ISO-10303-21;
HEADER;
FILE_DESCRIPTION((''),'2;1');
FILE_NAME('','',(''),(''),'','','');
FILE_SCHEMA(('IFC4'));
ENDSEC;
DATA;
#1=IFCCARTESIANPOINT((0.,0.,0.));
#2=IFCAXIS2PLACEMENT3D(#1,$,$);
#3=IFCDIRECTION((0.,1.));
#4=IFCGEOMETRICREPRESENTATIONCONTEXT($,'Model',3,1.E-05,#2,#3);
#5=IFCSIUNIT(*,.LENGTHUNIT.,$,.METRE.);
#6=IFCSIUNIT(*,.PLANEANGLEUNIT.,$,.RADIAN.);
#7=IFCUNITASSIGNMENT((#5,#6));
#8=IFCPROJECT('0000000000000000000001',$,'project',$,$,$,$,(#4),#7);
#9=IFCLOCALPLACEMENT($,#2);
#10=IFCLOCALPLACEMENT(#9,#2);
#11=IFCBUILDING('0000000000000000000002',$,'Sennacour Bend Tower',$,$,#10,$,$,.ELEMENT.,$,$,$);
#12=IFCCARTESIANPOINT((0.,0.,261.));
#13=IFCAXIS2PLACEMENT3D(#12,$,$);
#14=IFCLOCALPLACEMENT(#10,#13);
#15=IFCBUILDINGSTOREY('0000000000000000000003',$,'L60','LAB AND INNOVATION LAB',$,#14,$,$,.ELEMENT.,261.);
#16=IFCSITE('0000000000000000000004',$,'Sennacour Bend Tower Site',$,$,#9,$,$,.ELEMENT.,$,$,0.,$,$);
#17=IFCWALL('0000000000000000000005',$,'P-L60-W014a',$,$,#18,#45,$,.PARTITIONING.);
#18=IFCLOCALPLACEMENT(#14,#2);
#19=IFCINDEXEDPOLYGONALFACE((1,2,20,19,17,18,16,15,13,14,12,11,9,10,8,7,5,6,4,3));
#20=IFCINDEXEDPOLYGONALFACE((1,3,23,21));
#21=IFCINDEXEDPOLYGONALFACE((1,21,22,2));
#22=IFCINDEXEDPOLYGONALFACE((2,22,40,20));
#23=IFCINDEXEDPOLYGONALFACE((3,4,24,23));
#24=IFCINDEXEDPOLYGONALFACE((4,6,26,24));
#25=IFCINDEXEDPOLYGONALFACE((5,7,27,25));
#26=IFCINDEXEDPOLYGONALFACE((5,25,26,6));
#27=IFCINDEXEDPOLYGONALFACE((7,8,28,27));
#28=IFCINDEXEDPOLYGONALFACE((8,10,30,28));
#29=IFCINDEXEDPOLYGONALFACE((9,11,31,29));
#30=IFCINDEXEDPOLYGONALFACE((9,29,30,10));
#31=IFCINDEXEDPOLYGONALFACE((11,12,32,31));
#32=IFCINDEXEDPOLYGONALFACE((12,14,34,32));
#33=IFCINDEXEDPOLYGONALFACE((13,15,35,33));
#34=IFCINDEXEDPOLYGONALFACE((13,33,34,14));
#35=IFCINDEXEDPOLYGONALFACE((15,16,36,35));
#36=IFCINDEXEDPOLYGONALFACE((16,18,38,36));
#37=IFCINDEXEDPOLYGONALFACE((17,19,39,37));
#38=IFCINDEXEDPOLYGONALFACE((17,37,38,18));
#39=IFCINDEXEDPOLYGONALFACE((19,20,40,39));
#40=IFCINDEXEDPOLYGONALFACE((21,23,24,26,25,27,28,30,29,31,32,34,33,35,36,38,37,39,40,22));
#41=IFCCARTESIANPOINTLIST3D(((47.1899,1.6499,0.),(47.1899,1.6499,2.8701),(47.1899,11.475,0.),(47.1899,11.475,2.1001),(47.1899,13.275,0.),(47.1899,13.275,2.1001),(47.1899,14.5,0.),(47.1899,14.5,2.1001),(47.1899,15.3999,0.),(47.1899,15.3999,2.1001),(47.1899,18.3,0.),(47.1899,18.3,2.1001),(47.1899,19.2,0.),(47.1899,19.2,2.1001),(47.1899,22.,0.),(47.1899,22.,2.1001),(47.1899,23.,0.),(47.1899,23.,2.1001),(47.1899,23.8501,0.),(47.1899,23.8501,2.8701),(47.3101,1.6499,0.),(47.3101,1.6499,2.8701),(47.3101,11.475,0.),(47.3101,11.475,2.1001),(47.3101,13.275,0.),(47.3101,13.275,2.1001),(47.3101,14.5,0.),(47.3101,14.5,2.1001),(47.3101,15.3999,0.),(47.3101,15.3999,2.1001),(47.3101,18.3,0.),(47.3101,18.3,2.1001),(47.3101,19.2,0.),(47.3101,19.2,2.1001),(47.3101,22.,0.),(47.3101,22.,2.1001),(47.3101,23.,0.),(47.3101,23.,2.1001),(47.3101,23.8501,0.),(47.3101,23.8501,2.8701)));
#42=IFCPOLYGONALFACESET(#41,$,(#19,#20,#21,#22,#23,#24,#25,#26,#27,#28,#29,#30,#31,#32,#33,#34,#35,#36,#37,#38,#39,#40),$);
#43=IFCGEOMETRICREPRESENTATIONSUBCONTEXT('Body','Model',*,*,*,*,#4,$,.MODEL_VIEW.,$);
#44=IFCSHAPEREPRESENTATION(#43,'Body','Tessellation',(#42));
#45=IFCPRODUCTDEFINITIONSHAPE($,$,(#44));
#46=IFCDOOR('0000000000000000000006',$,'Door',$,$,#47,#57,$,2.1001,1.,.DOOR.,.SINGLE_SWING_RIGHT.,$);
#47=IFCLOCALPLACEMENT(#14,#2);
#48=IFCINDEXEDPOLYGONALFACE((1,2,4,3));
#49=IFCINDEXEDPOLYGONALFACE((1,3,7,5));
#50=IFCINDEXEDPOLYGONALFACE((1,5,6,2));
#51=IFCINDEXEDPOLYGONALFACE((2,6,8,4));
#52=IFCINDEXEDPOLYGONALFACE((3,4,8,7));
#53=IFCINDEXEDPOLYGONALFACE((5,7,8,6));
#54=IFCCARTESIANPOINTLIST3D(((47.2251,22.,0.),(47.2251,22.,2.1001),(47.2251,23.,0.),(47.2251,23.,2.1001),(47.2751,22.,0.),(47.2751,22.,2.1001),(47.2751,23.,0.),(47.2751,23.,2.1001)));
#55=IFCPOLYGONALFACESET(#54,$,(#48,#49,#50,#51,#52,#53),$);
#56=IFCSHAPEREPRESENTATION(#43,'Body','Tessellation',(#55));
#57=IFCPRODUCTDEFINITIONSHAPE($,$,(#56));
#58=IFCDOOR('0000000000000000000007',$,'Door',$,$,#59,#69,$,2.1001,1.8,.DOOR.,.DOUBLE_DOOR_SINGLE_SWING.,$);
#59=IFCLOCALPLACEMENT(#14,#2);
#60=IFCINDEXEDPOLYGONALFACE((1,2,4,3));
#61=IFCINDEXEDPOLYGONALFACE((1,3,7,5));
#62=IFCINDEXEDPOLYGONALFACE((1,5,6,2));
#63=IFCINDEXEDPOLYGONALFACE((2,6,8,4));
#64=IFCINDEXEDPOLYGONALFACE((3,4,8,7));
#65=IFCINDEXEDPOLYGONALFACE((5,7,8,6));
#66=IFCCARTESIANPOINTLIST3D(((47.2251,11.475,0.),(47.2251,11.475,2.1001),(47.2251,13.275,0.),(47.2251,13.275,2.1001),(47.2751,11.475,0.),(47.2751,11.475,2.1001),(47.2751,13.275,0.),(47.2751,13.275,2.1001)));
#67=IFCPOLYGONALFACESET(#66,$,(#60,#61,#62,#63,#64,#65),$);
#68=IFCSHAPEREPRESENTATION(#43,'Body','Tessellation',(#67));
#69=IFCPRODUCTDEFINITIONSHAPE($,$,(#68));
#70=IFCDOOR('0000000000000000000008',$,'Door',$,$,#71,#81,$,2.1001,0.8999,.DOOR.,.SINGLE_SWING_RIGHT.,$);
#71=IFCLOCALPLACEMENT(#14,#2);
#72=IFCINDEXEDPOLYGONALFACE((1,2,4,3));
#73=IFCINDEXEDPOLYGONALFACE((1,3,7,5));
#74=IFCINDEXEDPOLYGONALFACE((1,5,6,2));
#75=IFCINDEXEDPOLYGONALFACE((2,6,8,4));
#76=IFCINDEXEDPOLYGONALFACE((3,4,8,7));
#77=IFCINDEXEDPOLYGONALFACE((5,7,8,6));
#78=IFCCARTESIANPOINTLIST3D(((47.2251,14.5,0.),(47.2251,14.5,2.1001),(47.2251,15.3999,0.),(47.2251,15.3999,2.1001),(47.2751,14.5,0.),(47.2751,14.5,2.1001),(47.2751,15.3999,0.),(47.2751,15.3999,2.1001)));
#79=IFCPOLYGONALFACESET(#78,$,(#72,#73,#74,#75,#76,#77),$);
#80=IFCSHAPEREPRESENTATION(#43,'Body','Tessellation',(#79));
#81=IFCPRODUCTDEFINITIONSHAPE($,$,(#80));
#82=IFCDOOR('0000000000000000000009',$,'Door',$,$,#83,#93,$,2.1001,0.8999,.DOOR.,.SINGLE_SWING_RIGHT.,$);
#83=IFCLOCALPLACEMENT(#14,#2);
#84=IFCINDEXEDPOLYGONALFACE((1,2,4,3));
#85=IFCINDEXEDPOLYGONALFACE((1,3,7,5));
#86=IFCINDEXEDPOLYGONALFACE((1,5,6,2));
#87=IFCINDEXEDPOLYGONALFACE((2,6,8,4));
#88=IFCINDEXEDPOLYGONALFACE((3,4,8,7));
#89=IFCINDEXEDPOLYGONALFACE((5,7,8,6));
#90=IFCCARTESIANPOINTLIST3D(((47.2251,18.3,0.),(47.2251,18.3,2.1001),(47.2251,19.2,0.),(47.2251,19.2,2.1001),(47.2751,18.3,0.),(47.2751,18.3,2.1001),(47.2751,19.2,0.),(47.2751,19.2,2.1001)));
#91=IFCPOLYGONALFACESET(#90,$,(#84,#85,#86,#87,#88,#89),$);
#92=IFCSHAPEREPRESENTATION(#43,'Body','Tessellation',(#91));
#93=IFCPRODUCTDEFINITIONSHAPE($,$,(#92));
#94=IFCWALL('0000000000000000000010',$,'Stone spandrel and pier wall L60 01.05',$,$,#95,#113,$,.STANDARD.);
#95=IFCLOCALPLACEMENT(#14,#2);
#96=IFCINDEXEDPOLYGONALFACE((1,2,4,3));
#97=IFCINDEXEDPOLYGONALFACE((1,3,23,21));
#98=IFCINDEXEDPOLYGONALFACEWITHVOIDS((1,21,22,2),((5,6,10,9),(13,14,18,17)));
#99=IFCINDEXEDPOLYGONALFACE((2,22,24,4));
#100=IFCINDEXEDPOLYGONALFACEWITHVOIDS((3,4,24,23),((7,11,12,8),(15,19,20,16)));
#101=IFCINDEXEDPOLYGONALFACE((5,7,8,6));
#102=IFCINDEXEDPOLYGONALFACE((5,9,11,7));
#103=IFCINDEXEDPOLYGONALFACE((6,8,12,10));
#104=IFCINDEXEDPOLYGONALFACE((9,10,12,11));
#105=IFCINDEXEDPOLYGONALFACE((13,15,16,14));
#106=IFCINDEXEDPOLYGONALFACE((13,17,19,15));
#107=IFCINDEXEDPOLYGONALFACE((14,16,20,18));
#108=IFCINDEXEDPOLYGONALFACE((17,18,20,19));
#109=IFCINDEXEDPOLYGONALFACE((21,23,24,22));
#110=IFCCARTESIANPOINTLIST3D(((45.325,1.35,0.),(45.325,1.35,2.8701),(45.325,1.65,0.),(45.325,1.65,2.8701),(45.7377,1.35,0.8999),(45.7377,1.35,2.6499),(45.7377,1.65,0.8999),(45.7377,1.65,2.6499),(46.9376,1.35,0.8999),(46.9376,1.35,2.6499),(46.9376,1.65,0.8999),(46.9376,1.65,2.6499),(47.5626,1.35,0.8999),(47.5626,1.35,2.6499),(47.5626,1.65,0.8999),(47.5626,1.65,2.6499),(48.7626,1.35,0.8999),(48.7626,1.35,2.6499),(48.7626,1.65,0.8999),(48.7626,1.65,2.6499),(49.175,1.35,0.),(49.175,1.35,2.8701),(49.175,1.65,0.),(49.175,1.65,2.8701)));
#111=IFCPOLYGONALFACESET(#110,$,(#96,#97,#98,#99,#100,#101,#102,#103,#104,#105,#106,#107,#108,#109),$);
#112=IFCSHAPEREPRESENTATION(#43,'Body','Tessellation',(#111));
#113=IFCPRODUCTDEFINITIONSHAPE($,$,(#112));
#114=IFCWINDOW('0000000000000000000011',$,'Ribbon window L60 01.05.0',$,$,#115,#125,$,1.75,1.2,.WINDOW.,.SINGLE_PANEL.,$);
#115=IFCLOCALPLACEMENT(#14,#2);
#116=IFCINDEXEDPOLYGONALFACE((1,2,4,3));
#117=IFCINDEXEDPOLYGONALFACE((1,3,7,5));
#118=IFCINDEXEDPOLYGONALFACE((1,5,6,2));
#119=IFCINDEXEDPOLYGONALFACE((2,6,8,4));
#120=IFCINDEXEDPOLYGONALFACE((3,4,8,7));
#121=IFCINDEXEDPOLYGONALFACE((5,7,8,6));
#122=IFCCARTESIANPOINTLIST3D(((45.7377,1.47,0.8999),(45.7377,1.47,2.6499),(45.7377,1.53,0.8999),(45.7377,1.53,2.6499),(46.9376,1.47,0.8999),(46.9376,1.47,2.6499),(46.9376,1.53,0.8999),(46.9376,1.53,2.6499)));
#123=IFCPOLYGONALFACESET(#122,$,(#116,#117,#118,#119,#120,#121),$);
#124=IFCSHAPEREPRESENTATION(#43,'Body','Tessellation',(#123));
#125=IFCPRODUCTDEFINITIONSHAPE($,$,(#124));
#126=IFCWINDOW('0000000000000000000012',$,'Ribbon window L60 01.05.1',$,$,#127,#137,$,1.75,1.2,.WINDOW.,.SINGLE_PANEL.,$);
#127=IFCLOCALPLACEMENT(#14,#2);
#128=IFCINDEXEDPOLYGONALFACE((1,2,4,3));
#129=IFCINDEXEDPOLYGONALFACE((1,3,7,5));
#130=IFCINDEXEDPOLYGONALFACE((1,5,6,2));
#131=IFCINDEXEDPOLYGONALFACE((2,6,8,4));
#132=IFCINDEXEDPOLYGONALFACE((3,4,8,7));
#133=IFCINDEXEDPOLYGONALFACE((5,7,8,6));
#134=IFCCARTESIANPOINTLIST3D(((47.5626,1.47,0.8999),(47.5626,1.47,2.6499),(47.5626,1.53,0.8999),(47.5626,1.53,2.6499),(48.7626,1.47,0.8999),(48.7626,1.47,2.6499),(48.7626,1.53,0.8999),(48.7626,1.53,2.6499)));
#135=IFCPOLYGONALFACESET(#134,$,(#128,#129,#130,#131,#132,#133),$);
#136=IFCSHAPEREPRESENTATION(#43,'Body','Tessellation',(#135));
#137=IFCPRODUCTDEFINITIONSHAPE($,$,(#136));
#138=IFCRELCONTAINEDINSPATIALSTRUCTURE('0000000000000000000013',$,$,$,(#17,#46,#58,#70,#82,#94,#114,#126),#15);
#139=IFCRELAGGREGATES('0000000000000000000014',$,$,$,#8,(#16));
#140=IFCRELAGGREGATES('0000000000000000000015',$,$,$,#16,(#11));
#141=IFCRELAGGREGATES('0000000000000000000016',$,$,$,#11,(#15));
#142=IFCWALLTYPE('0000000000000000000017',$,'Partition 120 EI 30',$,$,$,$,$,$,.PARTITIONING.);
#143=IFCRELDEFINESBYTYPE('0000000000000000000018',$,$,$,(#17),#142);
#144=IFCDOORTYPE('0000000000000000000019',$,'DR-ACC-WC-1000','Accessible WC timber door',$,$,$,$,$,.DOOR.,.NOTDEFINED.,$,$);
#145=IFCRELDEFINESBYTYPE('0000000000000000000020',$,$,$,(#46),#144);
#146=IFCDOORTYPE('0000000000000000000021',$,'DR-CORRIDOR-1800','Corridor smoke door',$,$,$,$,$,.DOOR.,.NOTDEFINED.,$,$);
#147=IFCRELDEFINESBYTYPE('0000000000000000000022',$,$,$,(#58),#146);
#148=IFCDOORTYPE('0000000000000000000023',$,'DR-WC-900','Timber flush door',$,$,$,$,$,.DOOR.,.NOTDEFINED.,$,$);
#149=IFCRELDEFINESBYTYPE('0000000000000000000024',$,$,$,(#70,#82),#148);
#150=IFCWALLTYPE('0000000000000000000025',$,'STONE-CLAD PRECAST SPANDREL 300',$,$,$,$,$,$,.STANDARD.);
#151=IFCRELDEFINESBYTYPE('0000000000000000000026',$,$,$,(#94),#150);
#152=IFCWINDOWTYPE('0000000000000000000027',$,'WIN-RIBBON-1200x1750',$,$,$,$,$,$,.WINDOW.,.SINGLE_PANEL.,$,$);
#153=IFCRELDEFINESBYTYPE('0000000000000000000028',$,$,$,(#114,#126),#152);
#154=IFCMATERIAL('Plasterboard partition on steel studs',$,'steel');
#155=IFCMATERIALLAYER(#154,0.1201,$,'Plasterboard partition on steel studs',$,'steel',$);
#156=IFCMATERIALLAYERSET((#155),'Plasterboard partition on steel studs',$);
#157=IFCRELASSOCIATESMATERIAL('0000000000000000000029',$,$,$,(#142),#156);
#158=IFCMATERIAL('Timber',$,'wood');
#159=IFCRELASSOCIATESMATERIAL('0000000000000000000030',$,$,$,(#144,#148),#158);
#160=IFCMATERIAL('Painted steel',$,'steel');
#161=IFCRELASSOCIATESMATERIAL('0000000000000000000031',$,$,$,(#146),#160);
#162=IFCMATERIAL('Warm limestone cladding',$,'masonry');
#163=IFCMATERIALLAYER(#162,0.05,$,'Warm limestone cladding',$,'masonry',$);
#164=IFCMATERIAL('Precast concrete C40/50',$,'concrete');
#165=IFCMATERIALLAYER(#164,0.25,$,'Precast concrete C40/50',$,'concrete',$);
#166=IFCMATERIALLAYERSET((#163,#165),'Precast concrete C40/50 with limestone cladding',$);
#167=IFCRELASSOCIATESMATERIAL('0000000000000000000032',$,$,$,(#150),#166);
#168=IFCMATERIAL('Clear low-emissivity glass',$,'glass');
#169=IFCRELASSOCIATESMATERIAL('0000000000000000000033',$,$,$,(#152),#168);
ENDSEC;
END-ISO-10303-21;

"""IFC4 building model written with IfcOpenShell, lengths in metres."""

from ifc_helpers import new_model, si_unit, direction, frame, frame_2d, origin, place, context, subcontext, project, spatial, rectangle, extrude, material, layer, layer_set, type_object, element, fill, save


model = new_model("IFC4")

# Units and contexts
model_context = context("Model", 3, precision=1e-05, world=origin(), true_north=direction((0.0, 1.0)))
body_context = subcontext(model_context, "Body", "Model", "MODEL_VIEW")
ifc_project = project(units=[si_unit("LENGTHUNIT", "METRE"), si_unit("PLANEANGLEUNIT", "RADIAN")], contexts=[model_context])

# Site, building, storey
site_placement = place(None, origin())
site = spatial("IfcSite", under=ifc_project, at=site_placement, Name="Sennacour Bend Tower Site", CompositionType="ELEMENT", RefElevation=0.0)
building_placement = place(site_placement, origin())
building = spatial("IfcBuilding", under=site, at=building_placement, Name="Sennacour Bend Tower", CompositionType="ELEMENT")
storey_placement = place(building_placement, frame((0.0, 0.0, 261.0)))
storey = spatial("IfcBuildingStorey", under=building, at=storey_placement, Name="L60", Description="LAB AND INNOVATION LAB", CompositionType="ELEMENT", Elevation=261.0)

# Wall, openings, doors
ifc_material_1 = material(Name="Plasterboard partition on steel studs", Category="steel")
ifc_layer_1 = layer(ifc_material_1, 0.1201, Name="Plasterboard partition on steel studs", Category="steel")
ifc_layer_set_1 = layer_set([ifc_layer_1], Name="Plasterboard partition on steel studs")
wall_type_1 = type_object("IfcWallType", Name="Partition 120 EI 30", PredefinedType="PARTITIONING", material=ifc_layer_set_1)
wall_1_placement = place(storey_placement, frame((47.25, 1.6499, 0.0), z_axis=(0.0, 0.0, 1.0), x_axis=(0.0, 1.0, 0.0)))
wall_1 = element("IfcWall", 1, at=wall_1_placement, inside=storey, type_object=wall_type_1, Name="P-L60-W014a", PredefinedType="PARTITIONING", context=body_context, shape_type="SweptSolid", body=[
    extrude(rectangle(XDim=22.2002, YDim=0.1201, at=frame_2d((11.1001, 0.0))), origin(), (0.0, 0.0, 1.0), 2.8701),
])
opening_1_placement = place(wall_1_placement, frame((9.8252, 0.0, 0.0)))
opening_1 = element("IfcOpeningElement", 2, at=opening_1_placement, cuts=wall_1, PredefinedType="OPENING", context=body_context, shape_type="SweptSolid", body=[
    extrude(rectangle(XDim=1.8, YDim=2.1001, at=frame_2d((0.8999, 1.05))), frame((0.0, 0.0701, 0.0), z_axis=(0.0, -1.0, 0.0), x_axis=(1.0, 0.0, 0.0)), (0.0, 0.0, 1.0), 0.1401),
])
opening_2_placement = place(wall_1_placement, frame((12.8501, 0.0, 0.0)))
opening_2 = element("IfcOpeningElement", 3, at=opening_2_placement, cuts=wall_1, PredefinedType="OPENING", context=body_context, shape_type="SweptSolid", body=[
    extrude(rectangle(XDim=0.8999, YDim=2.1001, at=frame_2d((0.45, 1.05))), frame((0.0, 0.0701, 0.0), z_axis=(0.0, -1.0, 0.0), x_axis=(1.0, 0.0, 0.0)), (0.0, 0.0, 1.0), 0.1401),
])
opening_3_placement = place(wall_1_placement, frame((16.6501, 0.0, 0.0)))
opening_3 = element("IfcOpeningElement", 4, at=opening_3_placement, cuts=wall_1, PredefinedType="OPENING", context=body_context, shape_type="SweptSolid", body=[
    extrude(rectangle(XDim=0.8999, YDim=2.1001, at=frame_2d((0.45, 1.05))), frame((0.0, 0.0701, 0.0), z_axis=(0.0, -1.0, 0.0), x_axis=(1.0, 0.0, 0.0)), (0.0, 0.0, 1.0), 0.1401),
])
opening_4_placement = place(wall_1_placement, frame((20.3501, 0.0, 0.0)))
opening_4 = element("IfcOpeningElement", 5, at=opening_4_placement, cuts=wall_1, PredefinedType="OPENING", context=body_context, shape_type="SweptSolid", body=[
    extrude(rectangle(XDim=1.0, YDim=2.1001, at=frame_2d((0.5, 1.05))), frame((0.0, 0.0701, 0.0), z_axis=(0.0, -1.0, 0.0), x_axis=(1.0, 0.0, 0.0)), (0.0, 0.0, 1.0), 0.1401),
])
ifc_material_2 = material(Name="Timber", Category="wood")
door_type_1 = type_object("IfcDoorType", Name="DR-ACC-WC-1000", Description="Accessible WC timber door", OperationType="NOTDEFINED", PredefinedType="DOOR", material=ifc_material_2)
door_1_placement = place(opening_4_placement, origin())
door_1 = element("IfcDoor", 6, at=door_1_placement, inside=storey, type_object=door_type_1, Name="Door", OperationType="SINGLE_SWING_RIGHT", OverallHeight=2.1001, OverallWidth=1.0, PredefinedType="DOOR", context=body_context, shape_type="SweptSolid", body=[
    extrude(rectangle(XDim=1.0, YDim=2.1001, at=frame_2d((0.5, 1.05))), frame((0.0, 0.0249, 0.0), z_axis=(0.0, -1.0, 0.0), x_axis=(1.0, 0.0, 0.0)), (0.0, 0.0, 1.0), 0.05),
])
fill(opening_4, door_1)
ifc_material_3 = material(Name="Painted steel", Category="steel")
door_type_2 = type_object("IfcDoorType", Name="DR-CORRIDOR-1800", Description="Corridor smoke door", OperationType="NOTDEFINED", PredefinedType="DOOR", material=ifc_material_3)
door_2_placement = place(opening_1_placement, origin())
door_2 = element("IfcDoor", 7, at=door_2_placement, inside=storey, type_object=door_type_2, Name="Door", OperationType="DOUBLE_DOOR_SINGLE_SWING", OverallHeight=2.1001, OverallWidth=1.8, PredefinedType="DOOR", context=body_context, shape_type="SweptSolid", body=[
    extrude(rectangle(XDim=1.8, YDim=2.1001, at=frame_2d((0.8999, 1.05))), frame((0.0, 0.0249, 0.0), z_axis=(0.0, -1.0, 0.0), x_axis=(1.0, 0.0, 0.0)), (0.0, 0.0, 1.0), 0.05),
])
fill(opening_1, door_2)
door_type_3 = type_object("IfcDoorType", Name="DR-WC-900", Description="Timber flush door", OperationType="NOTDEFINED", PredefinedType="DOOR", material=ifc_material_2)
door_3_placement = place(opening_2_placement, origin())
door_3 = element("IfcDoor", 8, at=door_3_placement, inside=storey, type_object=door_type_3, Name="Door", OperationType="SINGLE_SWING_RIGHT", OverallHeight=2.1001, OverallWidth=0.8999, PredefinedType="DOOR", context=body_context, shape_type="SweptSolid", body=[
    extrude(rectangle(XDim=0.8999, YDim=2.1001, at=frame_2d((0.45, 1.05))), frame((0.0, 0.0249, 0.0), z_axis=(0.0, -1.0, 0.0), x_axis=(1.0, 0.0, 0.0)), (0.0, 0.0, 1.0), 0.05),
])
fill(opening_2, door_3)
door_4_placement = place(opening_3_placement, origin())
door_4 = element("IfcDoor", 9, at=door_4_placement, inside=storey, type_object=door_type_3, Name="Door", OperationType="SINGLE_SWING_RIGHT", OverallHeight=2.1001, OverallWidth=0.8999, PredefinedType="DOOR", context=body_context, shape_type="SweptSolid", body=[
    extrude(rectangle(XDim=0.8999, YDim=2.1001, at=frame_2d((0.45, 1.05))), frame((0.0, 0.0249, 0.0), z_axis=(0.0, -1.0, 0.0), x_axis=(1.0, 0.0, 0.0)), (0.0, 0.0, 1.0), 0.05),
])
fill(opening_3, door_4)

# Wall, openings, windows
ifc_material_4 = material(Name="Warm limestone cladding", Category="masonry")
ifc_layer_2 = layer(ifc_material_4, 0.05, Name="Warm limestone cladding", Category="masonry")
ifc_material_5 = material(Name="Precast concrete C40/50", Category="concrete")
ifc_layer_3 = layer(ifc_material_5, 0.25, Name="Precast concrete C40/50", Category="concrete")
ifc_layer_set_2 = layer_set([ifc_layer_2, ifc_layer_3], Name="Precast concrete C40/50 with limestone cladding")
wall_type_2 = type_object("IfcWallType", Name="STONE-CLAD PRECAST SPANDREL 300", PredefinedType="STANDARD", material=ifc_layer_set_2)
wall_2_placement = place(storey_placement, frame((45.325, 1.5, 0.0), z_axis=(0.0, 0.0, 1.0), x_axis=(1.0, 0.0, 0.0)))
wall_2 = element("IfcWall", 10, at=wall_2_placement, inside=storey, type_object=wall_type_2, Name="Stone spandrel and pier wall L60 01.05", PredefinedType="STANDARD", context=body_context, shape_type="SweptSolid", body=[
    extrude(rectangle(XDim=3.8501, YDim=0.3, at=frame_2d((1.925, 0.0))), origin(), (0.0, 0.0, 1.0), 2.8701),
])
opening_5_placement = place(wall_2_placement, frame((0.4126, 0.0, 0.8999)))
opening_5 = element("IfcOpeningElement", 11, at=opening_5_placement, cuts=wall_2, PredefinedType="OPENING", context=body_context, shape_type="SweptSolid", body=[
    extrude(rectangle(XDim=1.2, YDim=1.75, at=frame_2d((0.6001, 0.875))), frame((0.0, 0.1602, 0.0), z_axis=(0.0, -1.0, 0.0), x_axis=(1.0, 0.0, 0.0)), (0.0, 0.0, 1.0), 0.3201),
])
opening_6_placement = place(wall_2_placement, frame((2.2375, 0.0, 0.8999)))
opening_6 = element("IfcOpeningElement", 12, at=opening_6_placement, cuts=wall_2, PredefinedType="OPENING", context=body_context, shape_type="SweptSolid", body=[
    extrude(rectangle(XDim=1.2, YDim=1.75, at=frame_2d((0.6001, 0.875))), frame((0.0, 0.1602, 0.0), z_axis=(0.0, -1.0, 0.0), x_axis=(1.0, 0.0, 0.0)), (0.0, 0.0, 1.0), 0.3201),
])
ifc_material_6 = material(Name="Clear low-emissivity glass", Category="glass")
window_type = type_object("IfcWindowType", Name="WIN-RIBBON-1200x1750", PartitioningType="SINGLE_PANEL", PredefinedType="WINDOW", material=ifc_material_6)
window_1_placement = place(opening_5_placement, origin())
window_1 = element("IfcWindow", 13, at=window_1_placement, inside=storey, type_object=window_type, Name="Ribbon window L60 01.05.0", OverallHeight=1.75, OverallWidth=1.2, PartitioningType="SINGLE_PANEL", PredefinedType="WINDOW", context=body_context, shape_type="SweptSolid", body=[
    extrude(rectangle(XDim=1.2, YDim=1.75, at=frame_2d((0.6001, 0.875))), frame((0.0, 0.03, 0.0), z_axis=(0.0, -1.0, 0.0), x_axis=(1.0, 0.0, 0.0)), (0.0, 0.0, 1.0), 0.0601),
])
fill(opening_5, window_1)
window_2_placement = place(opening_6_placement, origin())
window_2 = element("IfcWindow", 14, at=window_2_placement, inside=storey, type_object=window_type, Name="Ribbon window L60 01.05.1", OverallHeight=1.75, OverallWidth=1.2, PartitioningType="SINGLE_PANEL", PredefinedType="WINDOW", context=body_context, shape_type="SweptSolid", body=[
    extrude(rectangle(XDim=1.2, YDim=1.75, at=frame_2d((0.6001, 0.875))), frame((0.0, 0.03, 0.0), z_axis=(0.0, -1.0, 0.0), x_axis=(1.0, 0.0, 0.0)), (0.0, 0.0, 1.0), 0.0601),
])
fill(opening_6, window_2)

save(model, "model.ifc")
